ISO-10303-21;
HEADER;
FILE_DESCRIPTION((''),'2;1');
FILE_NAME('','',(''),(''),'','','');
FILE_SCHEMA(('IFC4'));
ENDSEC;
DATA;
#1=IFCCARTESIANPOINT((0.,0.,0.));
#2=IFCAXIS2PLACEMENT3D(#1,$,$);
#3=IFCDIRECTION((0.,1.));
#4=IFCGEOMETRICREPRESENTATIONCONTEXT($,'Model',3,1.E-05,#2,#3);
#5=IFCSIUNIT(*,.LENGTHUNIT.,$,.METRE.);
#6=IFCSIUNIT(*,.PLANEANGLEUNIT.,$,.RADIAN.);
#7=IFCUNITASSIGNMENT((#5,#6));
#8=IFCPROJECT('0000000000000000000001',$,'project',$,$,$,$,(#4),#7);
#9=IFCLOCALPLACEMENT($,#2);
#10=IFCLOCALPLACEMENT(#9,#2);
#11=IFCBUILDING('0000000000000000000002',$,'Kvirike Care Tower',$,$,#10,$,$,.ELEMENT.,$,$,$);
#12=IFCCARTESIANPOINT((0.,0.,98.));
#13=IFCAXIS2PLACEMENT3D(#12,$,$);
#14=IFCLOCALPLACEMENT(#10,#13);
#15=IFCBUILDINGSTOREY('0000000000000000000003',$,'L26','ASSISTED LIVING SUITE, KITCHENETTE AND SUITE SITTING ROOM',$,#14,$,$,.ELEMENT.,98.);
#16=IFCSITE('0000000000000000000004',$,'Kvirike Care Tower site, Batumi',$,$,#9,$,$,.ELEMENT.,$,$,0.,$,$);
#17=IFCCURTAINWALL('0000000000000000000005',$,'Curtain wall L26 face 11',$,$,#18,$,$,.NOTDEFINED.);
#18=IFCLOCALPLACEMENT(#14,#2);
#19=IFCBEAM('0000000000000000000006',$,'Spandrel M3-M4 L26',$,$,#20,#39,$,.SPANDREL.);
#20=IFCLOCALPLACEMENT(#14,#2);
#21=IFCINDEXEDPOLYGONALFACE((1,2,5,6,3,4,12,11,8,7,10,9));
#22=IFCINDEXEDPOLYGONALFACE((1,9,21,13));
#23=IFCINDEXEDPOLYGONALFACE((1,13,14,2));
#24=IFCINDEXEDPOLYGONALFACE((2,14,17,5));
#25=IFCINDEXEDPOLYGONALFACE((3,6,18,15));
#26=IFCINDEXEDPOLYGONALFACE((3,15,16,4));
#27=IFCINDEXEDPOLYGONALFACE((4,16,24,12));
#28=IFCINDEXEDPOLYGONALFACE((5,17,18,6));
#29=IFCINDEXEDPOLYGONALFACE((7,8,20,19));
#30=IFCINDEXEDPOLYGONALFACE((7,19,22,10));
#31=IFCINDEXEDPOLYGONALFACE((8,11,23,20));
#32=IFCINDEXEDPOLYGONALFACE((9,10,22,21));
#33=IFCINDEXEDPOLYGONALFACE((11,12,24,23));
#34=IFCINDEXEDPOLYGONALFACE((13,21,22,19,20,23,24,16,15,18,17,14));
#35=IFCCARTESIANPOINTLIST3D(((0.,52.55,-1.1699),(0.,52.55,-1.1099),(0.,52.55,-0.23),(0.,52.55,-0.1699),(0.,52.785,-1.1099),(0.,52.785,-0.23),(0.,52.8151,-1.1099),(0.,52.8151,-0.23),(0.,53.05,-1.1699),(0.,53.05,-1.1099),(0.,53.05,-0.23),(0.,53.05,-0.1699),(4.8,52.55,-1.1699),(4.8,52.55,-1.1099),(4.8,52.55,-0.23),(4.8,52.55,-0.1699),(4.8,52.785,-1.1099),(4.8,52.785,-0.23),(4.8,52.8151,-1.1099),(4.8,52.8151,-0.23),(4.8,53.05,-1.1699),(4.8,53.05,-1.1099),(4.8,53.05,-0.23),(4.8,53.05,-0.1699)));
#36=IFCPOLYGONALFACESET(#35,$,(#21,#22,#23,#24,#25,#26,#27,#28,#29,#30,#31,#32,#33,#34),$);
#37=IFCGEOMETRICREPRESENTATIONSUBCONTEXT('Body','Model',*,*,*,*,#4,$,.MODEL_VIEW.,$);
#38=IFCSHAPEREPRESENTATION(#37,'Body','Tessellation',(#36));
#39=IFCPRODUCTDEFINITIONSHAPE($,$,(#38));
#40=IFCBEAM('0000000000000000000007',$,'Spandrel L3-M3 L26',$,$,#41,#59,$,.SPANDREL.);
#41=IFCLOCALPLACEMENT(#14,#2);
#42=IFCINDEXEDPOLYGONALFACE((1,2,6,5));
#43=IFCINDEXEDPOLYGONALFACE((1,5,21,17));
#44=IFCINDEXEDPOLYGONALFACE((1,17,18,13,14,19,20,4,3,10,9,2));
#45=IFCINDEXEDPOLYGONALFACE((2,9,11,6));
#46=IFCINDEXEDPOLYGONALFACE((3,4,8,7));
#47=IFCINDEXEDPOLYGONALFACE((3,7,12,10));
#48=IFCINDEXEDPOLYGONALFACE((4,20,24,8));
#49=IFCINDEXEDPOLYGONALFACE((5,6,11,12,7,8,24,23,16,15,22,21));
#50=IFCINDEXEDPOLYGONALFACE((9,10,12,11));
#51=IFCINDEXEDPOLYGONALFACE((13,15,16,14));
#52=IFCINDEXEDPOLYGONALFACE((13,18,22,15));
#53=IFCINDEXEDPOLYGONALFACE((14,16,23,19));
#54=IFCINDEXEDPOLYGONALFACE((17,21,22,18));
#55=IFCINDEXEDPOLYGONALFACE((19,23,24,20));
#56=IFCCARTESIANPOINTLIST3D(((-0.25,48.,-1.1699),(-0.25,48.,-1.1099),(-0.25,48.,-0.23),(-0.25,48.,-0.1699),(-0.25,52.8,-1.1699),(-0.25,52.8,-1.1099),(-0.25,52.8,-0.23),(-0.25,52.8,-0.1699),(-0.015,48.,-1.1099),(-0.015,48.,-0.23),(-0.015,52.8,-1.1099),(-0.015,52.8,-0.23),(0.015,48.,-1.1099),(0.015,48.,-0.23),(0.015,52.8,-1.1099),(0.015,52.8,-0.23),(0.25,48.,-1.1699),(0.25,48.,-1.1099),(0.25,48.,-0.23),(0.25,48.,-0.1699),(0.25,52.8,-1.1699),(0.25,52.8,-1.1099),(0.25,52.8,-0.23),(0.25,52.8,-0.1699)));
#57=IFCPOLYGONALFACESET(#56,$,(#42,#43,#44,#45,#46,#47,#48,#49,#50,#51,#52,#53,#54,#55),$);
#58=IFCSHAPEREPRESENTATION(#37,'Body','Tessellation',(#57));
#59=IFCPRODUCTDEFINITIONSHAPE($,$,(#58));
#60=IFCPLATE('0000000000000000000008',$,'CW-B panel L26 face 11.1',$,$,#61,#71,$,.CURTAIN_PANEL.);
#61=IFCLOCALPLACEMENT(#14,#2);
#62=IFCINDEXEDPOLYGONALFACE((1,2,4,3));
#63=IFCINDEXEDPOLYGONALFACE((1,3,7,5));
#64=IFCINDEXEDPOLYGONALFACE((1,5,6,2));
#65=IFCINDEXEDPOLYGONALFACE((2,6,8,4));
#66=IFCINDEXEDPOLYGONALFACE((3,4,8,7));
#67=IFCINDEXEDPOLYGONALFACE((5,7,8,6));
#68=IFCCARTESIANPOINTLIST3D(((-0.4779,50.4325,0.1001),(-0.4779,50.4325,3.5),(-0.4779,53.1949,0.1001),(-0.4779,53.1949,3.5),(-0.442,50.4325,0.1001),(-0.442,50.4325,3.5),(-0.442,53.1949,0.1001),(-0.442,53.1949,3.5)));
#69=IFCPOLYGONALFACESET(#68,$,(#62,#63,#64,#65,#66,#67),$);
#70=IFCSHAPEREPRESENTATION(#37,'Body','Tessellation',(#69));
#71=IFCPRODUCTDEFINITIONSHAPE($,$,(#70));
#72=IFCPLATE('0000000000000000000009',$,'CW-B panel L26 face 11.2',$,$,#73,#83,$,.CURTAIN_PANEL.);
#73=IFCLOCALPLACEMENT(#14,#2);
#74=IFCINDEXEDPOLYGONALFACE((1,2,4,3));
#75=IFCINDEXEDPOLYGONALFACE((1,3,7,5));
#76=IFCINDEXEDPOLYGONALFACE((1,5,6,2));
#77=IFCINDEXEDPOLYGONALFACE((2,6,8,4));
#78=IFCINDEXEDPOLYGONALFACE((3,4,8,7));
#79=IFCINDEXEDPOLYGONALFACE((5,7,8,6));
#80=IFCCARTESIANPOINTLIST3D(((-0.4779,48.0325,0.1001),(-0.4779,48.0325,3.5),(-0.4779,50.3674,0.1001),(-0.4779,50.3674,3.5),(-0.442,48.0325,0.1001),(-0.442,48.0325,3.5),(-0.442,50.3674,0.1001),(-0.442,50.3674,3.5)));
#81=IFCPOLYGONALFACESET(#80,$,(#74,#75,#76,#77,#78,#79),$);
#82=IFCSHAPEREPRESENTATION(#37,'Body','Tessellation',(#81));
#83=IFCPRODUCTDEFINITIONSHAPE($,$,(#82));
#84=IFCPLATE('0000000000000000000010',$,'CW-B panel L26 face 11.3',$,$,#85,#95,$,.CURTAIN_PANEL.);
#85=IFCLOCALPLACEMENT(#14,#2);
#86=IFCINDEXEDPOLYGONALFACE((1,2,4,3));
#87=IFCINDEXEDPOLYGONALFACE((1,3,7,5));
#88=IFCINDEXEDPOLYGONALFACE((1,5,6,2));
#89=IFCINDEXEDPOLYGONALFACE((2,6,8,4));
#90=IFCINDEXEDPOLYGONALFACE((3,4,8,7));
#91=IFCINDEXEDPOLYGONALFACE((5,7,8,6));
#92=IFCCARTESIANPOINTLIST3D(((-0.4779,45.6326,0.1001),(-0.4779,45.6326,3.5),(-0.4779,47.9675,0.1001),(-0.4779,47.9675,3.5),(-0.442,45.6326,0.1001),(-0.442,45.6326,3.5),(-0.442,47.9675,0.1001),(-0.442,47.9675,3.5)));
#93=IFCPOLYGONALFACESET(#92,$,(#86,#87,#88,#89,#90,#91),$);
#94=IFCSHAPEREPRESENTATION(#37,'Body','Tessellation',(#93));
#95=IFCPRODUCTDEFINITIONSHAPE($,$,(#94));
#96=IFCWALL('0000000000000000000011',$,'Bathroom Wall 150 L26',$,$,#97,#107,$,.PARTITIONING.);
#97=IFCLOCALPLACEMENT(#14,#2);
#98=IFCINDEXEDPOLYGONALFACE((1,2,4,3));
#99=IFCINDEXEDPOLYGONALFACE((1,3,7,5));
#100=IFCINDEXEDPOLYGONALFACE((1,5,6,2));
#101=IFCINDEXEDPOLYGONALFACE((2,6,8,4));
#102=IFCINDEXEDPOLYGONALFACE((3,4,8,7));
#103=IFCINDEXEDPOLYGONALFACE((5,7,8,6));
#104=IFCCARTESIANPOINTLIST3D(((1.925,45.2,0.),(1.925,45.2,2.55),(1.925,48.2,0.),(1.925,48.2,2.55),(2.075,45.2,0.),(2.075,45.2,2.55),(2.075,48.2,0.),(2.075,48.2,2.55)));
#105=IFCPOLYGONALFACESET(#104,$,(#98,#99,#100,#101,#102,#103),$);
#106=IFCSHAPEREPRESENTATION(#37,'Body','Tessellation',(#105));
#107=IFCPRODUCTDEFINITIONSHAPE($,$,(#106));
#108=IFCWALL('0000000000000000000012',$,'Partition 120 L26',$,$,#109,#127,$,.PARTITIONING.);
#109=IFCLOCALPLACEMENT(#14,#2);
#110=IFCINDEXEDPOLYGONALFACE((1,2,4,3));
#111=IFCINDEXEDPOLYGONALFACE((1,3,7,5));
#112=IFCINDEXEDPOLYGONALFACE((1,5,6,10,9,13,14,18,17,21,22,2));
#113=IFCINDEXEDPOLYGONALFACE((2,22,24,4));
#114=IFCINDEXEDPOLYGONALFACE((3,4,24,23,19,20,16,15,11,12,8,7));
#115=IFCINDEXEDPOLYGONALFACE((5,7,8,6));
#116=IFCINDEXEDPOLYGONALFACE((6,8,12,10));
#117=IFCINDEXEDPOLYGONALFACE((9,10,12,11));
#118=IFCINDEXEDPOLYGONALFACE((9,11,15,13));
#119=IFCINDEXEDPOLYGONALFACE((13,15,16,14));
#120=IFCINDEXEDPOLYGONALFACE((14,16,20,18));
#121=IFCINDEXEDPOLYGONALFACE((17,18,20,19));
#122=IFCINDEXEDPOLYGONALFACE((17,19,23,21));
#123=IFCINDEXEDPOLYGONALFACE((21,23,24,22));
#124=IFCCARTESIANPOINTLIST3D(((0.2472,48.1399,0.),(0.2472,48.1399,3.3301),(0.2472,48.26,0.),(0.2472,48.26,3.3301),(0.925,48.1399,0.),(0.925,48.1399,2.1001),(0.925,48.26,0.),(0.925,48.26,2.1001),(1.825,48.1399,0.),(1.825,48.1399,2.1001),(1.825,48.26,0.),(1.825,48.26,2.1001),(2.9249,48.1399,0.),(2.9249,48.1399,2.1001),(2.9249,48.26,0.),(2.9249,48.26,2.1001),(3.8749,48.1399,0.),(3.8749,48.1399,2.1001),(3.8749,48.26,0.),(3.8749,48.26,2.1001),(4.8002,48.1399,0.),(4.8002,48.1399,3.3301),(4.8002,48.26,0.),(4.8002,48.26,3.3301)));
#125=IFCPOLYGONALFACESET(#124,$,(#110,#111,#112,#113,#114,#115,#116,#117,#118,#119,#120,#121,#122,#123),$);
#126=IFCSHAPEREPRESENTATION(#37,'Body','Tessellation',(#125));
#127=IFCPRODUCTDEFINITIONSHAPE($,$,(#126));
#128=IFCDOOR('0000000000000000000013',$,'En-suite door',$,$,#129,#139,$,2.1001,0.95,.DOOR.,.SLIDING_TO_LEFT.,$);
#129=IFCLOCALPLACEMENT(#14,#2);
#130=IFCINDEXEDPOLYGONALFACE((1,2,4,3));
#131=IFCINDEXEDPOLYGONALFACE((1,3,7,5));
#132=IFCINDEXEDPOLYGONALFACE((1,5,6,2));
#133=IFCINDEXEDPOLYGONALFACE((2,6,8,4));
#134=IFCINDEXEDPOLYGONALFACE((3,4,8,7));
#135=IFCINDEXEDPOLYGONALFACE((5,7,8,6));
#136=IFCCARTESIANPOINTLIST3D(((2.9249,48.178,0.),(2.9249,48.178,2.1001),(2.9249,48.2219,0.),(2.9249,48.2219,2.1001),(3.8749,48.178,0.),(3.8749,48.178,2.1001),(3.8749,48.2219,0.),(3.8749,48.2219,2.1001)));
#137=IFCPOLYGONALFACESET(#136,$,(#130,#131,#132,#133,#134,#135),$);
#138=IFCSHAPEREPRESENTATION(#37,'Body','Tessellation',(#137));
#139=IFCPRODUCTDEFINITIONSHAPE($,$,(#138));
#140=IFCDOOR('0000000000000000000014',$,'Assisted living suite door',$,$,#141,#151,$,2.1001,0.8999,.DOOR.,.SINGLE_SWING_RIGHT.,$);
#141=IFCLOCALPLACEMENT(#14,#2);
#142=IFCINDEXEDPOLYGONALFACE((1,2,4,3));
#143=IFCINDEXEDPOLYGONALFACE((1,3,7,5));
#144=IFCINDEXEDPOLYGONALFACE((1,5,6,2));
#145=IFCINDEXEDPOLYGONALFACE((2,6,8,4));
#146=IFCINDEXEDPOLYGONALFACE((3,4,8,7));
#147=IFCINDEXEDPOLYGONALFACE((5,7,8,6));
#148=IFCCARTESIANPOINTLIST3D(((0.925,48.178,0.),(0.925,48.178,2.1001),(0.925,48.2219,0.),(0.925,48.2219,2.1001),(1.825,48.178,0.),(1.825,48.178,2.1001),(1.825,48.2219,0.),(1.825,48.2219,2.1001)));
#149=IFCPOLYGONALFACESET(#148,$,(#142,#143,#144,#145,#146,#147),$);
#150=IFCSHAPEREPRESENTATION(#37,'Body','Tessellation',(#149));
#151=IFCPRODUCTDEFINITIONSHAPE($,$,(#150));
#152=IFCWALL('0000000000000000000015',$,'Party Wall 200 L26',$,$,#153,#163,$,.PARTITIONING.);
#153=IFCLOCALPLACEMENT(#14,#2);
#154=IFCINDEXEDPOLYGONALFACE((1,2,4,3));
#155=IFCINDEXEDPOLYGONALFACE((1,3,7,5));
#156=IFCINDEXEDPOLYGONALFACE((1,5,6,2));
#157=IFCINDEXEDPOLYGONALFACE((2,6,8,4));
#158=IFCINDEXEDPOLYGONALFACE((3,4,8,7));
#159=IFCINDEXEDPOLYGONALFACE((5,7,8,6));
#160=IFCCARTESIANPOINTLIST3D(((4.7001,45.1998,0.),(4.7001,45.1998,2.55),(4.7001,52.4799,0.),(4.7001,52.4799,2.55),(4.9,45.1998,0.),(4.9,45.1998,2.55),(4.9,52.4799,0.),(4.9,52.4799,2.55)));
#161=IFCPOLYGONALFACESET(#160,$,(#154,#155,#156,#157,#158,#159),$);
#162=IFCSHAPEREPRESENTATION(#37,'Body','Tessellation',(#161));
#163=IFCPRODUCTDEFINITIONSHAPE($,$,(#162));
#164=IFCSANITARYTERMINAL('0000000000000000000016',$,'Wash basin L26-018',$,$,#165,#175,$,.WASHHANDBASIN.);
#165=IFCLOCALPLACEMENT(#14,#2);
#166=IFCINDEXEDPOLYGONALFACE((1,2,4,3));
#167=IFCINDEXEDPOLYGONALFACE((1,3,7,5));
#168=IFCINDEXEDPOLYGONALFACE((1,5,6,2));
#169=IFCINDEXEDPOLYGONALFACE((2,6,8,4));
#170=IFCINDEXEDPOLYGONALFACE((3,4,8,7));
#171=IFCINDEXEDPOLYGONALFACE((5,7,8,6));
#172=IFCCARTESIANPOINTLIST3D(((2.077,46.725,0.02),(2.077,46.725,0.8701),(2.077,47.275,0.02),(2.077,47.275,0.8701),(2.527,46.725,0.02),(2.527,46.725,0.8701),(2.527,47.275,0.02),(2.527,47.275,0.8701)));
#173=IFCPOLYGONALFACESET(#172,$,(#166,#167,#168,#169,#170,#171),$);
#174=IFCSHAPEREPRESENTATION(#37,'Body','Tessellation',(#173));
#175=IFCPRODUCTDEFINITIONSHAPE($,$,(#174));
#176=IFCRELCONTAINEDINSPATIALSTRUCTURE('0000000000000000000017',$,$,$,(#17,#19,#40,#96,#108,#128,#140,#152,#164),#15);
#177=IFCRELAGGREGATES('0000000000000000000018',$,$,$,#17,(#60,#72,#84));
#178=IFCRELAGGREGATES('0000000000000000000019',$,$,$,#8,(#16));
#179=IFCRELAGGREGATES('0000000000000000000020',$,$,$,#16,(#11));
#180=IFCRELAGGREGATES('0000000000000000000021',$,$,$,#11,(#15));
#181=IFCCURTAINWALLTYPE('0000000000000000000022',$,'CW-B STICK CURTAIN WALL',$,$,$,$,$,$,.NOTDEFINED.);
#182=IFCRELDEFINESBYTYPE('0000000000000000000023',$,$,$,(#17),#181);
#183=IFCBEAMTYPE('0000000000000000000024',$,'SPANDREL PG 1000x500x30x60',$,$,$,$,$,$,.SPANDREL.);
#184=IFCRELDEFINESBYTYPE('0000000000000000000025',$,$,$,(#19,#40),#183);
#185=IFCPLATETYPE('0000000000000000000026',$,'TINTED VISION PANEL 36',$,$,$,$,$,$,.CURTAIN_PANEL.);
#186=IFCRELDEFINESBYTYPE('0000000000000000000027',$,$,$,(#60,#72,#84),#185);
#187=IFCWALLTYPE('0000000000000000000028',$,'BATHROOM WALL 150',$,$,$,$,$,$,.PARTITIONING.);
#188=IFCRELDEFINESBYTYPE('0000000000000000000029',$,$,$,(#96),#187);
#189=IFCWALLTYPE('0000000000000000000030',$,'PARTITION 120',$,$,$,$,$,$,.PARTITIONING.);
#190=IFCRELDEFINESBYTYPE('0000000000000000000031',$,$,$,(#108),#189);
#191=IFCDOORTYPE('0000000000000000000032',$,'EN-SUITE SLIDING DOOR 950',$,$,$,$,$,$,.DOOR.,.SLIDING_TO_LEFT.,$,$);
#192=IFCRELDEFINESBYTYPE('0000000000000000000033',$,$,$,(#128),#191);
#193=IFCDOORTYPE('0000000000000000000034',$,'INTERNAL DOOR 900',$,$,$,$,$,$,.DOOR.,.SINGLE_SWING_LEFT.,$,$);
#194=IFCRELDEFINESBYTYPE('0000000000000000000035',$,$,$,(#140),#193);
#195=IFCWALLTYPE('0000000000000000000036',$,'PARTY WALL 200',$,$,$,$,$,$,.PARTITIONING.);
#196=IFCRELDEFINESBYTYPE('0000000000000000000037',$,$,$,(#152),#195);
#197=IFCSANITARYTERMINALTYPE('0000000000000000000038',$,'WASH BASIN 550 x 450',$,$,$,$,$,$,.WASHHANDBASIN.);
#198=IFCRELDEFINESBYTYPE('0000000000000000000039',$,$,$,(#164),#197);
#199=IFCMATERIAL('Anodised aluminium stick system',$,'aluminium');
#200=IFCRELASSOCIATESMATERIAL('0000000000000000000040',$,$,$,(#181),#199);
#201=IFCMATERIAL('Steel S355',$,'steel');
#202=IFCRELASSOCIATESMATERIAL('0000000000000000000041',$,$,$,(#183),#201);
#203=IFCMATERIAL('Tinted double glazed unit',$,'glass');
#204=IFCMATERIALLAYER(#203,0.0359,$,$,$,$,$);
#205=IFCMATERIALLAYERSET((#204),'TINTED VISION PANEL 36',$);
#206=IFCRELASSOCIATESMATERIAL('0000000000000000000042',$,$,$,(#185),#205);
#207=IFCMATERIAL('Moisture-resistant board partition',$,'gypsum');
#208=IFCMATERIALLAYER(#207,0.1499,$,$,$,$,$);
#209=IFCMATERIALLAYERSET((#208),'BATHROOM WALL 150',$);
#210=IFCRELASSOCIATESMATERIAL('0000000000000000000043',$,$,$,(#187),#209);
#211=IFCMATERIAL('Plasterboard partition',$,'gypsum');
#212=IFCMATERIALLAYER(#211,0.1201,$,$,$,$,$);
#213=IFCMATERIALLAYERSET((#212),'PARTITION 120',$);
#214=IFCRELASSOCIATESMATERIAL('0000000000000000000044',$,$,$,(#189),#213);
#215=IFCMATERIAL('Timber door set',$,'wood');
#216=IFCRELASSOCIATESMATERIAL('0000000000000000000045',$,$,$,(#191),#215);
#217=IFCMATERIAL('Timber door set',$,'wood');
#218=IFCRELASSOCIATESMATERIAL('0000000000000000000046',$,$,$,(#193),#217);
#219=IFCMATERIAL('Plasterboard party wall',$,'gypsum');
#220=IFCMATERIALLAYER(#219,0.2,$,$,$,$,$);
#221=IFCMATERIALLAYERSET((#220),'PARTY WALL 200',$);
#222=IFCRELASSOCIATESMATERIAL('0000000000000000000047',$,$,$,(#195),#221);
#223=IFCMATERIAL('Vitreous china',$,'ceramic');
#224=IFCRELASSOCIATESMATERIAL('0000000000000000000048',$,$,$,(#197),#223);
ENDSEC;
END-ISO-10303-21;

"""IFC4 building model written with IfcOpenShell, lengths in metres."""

from ifc_helpers import new_model, si_unit, direction, frame, frame_2d, origin, origin_2d, place, context, subcontext, project, spatial, rectangle, i_section, extrude, material, layer, layer_set, material_profile, profile_set, type_object, element, fill, aggregate, save


model = new_model("IFC4")

# Units and contexts
model_context = context("Model", 3, precision=1e-05, world=origin(), true_north=direction((0.0, 1.0)))
body_context = subcontext(model_context, "Body", "Model", "MODEL_VIEW")
ifc_project = project(units=[si_unit("LENGTHUNIT", "METRE"), si_unit("PLANEANGLEUNIT", "RADIAN")], contexts=[model_context])

# Site, building, storey
site_placement = place(None, origin())
site = spatial("IfcSite", under=ifc_project, at=site_placement, Name="Kvirike Care Tower site, Batumi", CompositionType="ELEMENT", RefElevation=0.0)
building_placement = place(site_placement, origin())
building = spatial("IfcBuilding", under=site, at=building_placement, Name="Kvirike Care Tower", CompositionType="ELEMENT")
storey_placement = place(building_placement, frame((0.0, 0.0, 98.0)))
storey = spatial("IfcBuildingStorey", under=building, at=storey_placement, Name="L26", Description="ASSISTED LIVING SUITE, KITCHENETTE AND SUITE SITTING ROOM", CompositionType="ELEMENT", Elevation=98.0)

# Curtain wall
ifc_material_1 = material(Name="Anodised aluminium stick system", Category="aluminium")
curtain_wall_type = type_object("IfcCurtainWallType", Name="CW-B STICK CURTAIN WALL", PredefinedType="NOTDEFINED", material=ifc_material_1)
curtain_wall_placement = place(storey_placement, origin())
curtain_wall = element("IfcCurtainWall", 1, at=curtain_wall_placement, inside=storey, type_object=curtain_wall_type, Name="Curtain wall L26 face 11", PredefinedType="NOTDEFINED")

# Beams
ifc_material_2 = material(Name="Steel S355", Category="steel")
ifc_material_profile_1 = material_profile(ifc_material_2, i_section(OverallWidth=0.5, OverallDepth=1.0, WebThickness=0.03, FlangeThickness=0.0601, at=origin_2d()), Name="PG 1000x500x30x60")
ifc_profile_set_1 = profile_set([ifc_material_profile_1], Name="Steel S355")
beam_type_1 = type_object("IfcBeamType", Name="SPANDREL PG 1000x500x30x60", PredefinedType="SPANDREL", material=ifc_profile_set_1)
for number, where, z_axis, x_axis, name in (
    (2, (0.0, 52.8, -0.6699), (1.0, 0.0, 0.0), (0.0, 1.0, 0.0), "Spandrel M3-M4 L26"),
    (3, (0.0, 48.0, -0.6699), (0.0, 1.0, 0.0), (-1.0, 0.0, 0.0), "Spandrel L3-M3 L26"),
):
    element("IfcBeam", number, at=place(storey_placement, frame(where, z_axis=z_axis, x_axis=x_axis)), inside=storey, type_object=beam_type_1, Name=name, PredefinedType="SPANDREL", context=body_context, shape_type="SweptSolid", body=[
        extrude(i_section(OverallWidth=0.5, OverallDepth=1.0, WebThickness=0.03, FlangeThickness=0.0601, at=origin_2d()), origin(), (0.0, 0.0, 1.0), 4.8),
    ])

# Plates
ifc_material_3 = material(Name="Tinted double glazed unit", Category="glass")
ifc_layer_1 = layer(ifc_material_3, 0.0359)
ifc_layer_set_1 = layer_set([ifc_layer_1], Name="TINTED VISION PANEL 36")
plate_type = type_object("IfcPlateType", Name="TINTED VISION PANEL 36", PredefinedType="CURTAIN_PANEL", material=ifc_layer_set_1)
plate_1_placement = place(storey_placement, frame((-0.46, 51.8137, 0.1001), z_axis=(0.0, 0.0, 1.0), x_axis=(0.0, -1.0, 0.0)))
plate_1 = element("IfcPlate", 4, at=plate_1_placement, type_object=plate_type, Name="CW-B panel L26 face 11.1", PredefinedType="CURTAIN_PANEL", context=body_context, shape_type="SweptSolid", body=[
    extrude(rectangle(XDim=2.7625, YDim=0.0359, at=origin_2d()), origin(), (0.0, 0.0, 1.0), 3.3999),
])
plate_2_placement = place(storey_placement, frame((-0.46, 49.2, 0.1001), z_axis=(0.0, 0.0, 1.0), x_axis=(0.0, -1.0, 0.0)))
plate_2 = element("IfcPlate", 5, at=plate_2_placement, type_object=plate_type, Name="CW-B panel L26 face 11.2", PredefinedType="CURTAIN_PANEL", context=body_context, shape_type="SweptSolid", body=[
    extrude(rectangle(XDim=2.335, YDim=0.0359, at=origin_2d()), origin(), (0.0, 0.0, 1.0), 3.3999),
])
plate_3_placement = place(storey_placement, frame((-0.46, 46.8, 0.1001), z_axis=(0.0, 0.0, 1.0), x_axis=(0.0, -1.0, 0.0)))
plate_3 = element("IfcPlate", 6, at=plate_3_placement, type_object=plate_type, Name="CW-B panel L26 face 11.3", PredefinedType="CURTAIN_PANEL", context=body_context, shape_type="SweptSolid", body=[
    extrude(rectangle(XDim=2.335, YDim=0.0359, at=origin_2d()), origin(), (0.0, 0.0, 1.0), 3.3999),
])
aggregate(curtain_wall, [plate_1, plate_2, plate_3])

# Wall
ifc_material_4 = material(Name="Moisture-resistant board partition", Category="gypsum")
ifc_layer_2 = layer(ifc_material_4, 0.1499)
ifc_layer_set_2 = layer_set([ifc_layer_2], Name="BATHROOM WALL 150")
wall_type_1 = type_object("IfcWallType", Name="BATHROOM WALL 150", PredefinedType="PARTITIONING", material=ifc_layer_set_2)
wall_1_placement = place(storey_placement, frame((2.0, 48.2, 0.0), z_axis=(0.0, 0.0, 1.0), x_axis=(0.0, -1.0, 0.0)))
element("IfcWall", 7, at=wall_1_placement, inside=storey, type_object=wall_type_1, Name="Bathroom Wall 150 L26", PredefinedType="PARTITIONING", context=body_context, shape_type="SweptSolid", body=[
    extrude(rectangle(XDim=3.0, YDim=0.1499, at=frame_2d((1.5, 0.0))), origin(), (0.0, 0.0, 1.0), 2.55),
])

# Wall, openings, doors
ifc_material_5 = material(Name="Plasterboard partition", Category="gypsum")
ifc_layer_3 = layer(ifc_material_5, 0.1201)
ifc_layer_set_3 = layer_set([ifc_layer_3], Name="PARTITION 120")
wall_type_2 = type_object("IfcWallType", Name="PARTITION 120", PredefinedType="PARTITIONING", material=ifc_layer_set_3)
wall_2_placement = place(storey_placement, frame((4.8, 48.2, 0.0), z_axis=(0.0, 0.0, 1.0), x_axis=(-1.0, 0.0, 0.0)))
wall_2 = element("IfcWall", 8, at=wall_2_placement, inside=storey, type_object=wall_type_2, Name="Partition 120 L26", PredefinedType="PARTITIONING", context=body_context, shape_type="SweptSolid", body=[
    extrude(rectangle(XDim=4.553, YDim=0.1201, at=frame_2d((2.2764, 0.0))), origin(), (0.0, 0.0, 1.0), 3.3301),
])
opening_1_placement = place(wall_2_placement, frame((2.9751, 0.0, 0.0)))
opening_1 = element("IfcOpeningElement", 9, at=opening_1_placement, cuts=wall_2, PredefinedType="OPENING", context=body_context, shape_type="SweptSolid", body=[
    extrude(rectangle(XDim=0.8999, YDim=2.1001, at=frame_2d((0.45, 1.05))), frame((0.0, 0.0706, 0.0), z_axis=(0.0, -1.0, 0.0), x_axis=(1.0, 0.0, 0.0)), (0.0, 0.0, 1.0), 0.1411),
])
opening_2_placement = place(wall_2_placement, frame((0.925, 0.0, 0.0)))
opening_2 = element("IfcOpeningElement", 10, at=opening_2_placement, cuts=wall_2, PredefinedType="OPENING", context=body_context, shape_type="SweptSolid", body=[
    extrude(rectangle(XDim=0.95, YDim=2.1001, at=frame_2d((0.4751, 1.05))), frame((0.0, 0.0706, 0.0), z_axis=(0.0, -1.0, 0.0), x_axis=(1.0, 0.0, 0.0)), (0.0, 0.0, 1.0), 0.1411),
])
ifc_material_6 = material(Name="Timber door set", Category="wood")
door_type_1 = type_object("IfcDoorType", Name="EN-SUITE SLIDING DOOR 950", OperationType="SLIDING_TO_LEFT", PredefinedType="DOOR", material=ifc_material_6)
door_1_placement = place(opening_2_placement, origin())
door_1 = element("IfcDoor", 11, at=door_1_placement, inside=storey, type_object=door_type_1, Name="En-suite door", OperationType="SLIDING_TO_LEFT", OverallHeight=2.1001, OverallWidth=0.95, PredefinedType="DOOR", context=body_context, shape_type="SweptSolid", body=[
    extrude(rectangle(XDim=0.95, YDim=2.1001, at=frame_2d((0.4751, 1.05))), frame((0.0, 0.022, 0.0), z_axis=(0.0, -1.0, 0.0), x_axis=(1.0, 0.0, 0.0)), (0.0, 0.0, 1.0), 0.0439),
])
fill(opening_2, door_1)
ifc_material_7 = material(Name="Timber door set", Category="wood")
door_type_2 = type_object("IfcDoorType", Name="INTERNAL DOOR 900", OperationType="SINGLE_SWING_LEFT", PredefinedType="DOOR", material=ifc_material_7)
door_2_placement = place(opening_1_placement, origin())
door_2 = element("IfcDoor", 12, at=door_2_placement, inside=storey, type_object=door_type_2, Name="Assisted living suite door", OperationType="SINGLE_SWING_RIGHT", OverallHeight=2.1001, OverallWidth=0.8999, PredefinedType="DOOR", context=body_context, shape_type="SweptSolid", body=[
    extrude(rectangle(XDim=0.8999, YDim=2.1001, at=frame_2d((0.45, 1.05))), frame((0.0, 0.022, 0.0), z_axis=(0.0, -1.0, 0.0), x_axis=(1.0, 0.0, 0.0)), (0.0, 0.0, 1.0), 0.0439),
])
fill(opening_1, door_2)

# Wall
ifc_material_8 = material(Name="Plasterboard party wall", Category="gypsum")
ifc_layer_4 = layer(ifc_material_8, 0.2)
ifc_layer_set_4 = layer_set([ifc_layer_4], Name="PARTY WALL 200")
wall_type_3 = type_object("IfcWallType", Name="PARTY WALL 200", PredefinedType="PARTITIONING", material=ifc_layer_set_4)
wall_3_placement = place(storey_placement, frame((4.8, 52.48, 0.0), z_axis=(0.0, 0.0, 1.0), x_axis=(0.0, -1.0, 0.0)))
element("IfcWall", 13, at=wall_3_placement, inside=storey, type_object=wall_type_3, Name="Party Wall 200 L26", PredefinedType="PARTITIONING", context=body_context, shape_type="SweptSolid", body=[
    extrude(rectangle(XDim=7.28, YDim=0.2, at=frame_2d((3.6401, 0.0))), origin(), (0.0, 0.0, 1.0), 2.55),
])

# Sanitary terminal
ifc_material_9 = material(Name="Vitreous china", Category="ceramic")
sanitary_terminal_type_1 = type_object("IfcSanitaryTerminalType", Name="WASH BASIN 550 x 450", PredefinedType="WASHHANDBASIN", material=ifc_material_9)
sanitary_terminal_1_placement = place(storey_placement, frame((2.302, 47.0, 0.02), z_axis=(0.0, 0.0, 1.0), x_axis=(0.0, 1.0, 0.0)))
element("IfcSanitaryTerminal", 14, at=sanitary_terminal_1_placement, inside=storey, type_object=sanitary_terminal_type_1, Name="Wash basin L26-018", PredefinedType="WASHHANDBASIN", context=body_context, shape_type="SweptSolid", body=[
    extrude(rectangle(XDim=0.55, YDim=0.45, at=origin_2d()), origin(), (0.0, 0.0, 1.0), 0.8501),
])

save(model, "model.ifc")
